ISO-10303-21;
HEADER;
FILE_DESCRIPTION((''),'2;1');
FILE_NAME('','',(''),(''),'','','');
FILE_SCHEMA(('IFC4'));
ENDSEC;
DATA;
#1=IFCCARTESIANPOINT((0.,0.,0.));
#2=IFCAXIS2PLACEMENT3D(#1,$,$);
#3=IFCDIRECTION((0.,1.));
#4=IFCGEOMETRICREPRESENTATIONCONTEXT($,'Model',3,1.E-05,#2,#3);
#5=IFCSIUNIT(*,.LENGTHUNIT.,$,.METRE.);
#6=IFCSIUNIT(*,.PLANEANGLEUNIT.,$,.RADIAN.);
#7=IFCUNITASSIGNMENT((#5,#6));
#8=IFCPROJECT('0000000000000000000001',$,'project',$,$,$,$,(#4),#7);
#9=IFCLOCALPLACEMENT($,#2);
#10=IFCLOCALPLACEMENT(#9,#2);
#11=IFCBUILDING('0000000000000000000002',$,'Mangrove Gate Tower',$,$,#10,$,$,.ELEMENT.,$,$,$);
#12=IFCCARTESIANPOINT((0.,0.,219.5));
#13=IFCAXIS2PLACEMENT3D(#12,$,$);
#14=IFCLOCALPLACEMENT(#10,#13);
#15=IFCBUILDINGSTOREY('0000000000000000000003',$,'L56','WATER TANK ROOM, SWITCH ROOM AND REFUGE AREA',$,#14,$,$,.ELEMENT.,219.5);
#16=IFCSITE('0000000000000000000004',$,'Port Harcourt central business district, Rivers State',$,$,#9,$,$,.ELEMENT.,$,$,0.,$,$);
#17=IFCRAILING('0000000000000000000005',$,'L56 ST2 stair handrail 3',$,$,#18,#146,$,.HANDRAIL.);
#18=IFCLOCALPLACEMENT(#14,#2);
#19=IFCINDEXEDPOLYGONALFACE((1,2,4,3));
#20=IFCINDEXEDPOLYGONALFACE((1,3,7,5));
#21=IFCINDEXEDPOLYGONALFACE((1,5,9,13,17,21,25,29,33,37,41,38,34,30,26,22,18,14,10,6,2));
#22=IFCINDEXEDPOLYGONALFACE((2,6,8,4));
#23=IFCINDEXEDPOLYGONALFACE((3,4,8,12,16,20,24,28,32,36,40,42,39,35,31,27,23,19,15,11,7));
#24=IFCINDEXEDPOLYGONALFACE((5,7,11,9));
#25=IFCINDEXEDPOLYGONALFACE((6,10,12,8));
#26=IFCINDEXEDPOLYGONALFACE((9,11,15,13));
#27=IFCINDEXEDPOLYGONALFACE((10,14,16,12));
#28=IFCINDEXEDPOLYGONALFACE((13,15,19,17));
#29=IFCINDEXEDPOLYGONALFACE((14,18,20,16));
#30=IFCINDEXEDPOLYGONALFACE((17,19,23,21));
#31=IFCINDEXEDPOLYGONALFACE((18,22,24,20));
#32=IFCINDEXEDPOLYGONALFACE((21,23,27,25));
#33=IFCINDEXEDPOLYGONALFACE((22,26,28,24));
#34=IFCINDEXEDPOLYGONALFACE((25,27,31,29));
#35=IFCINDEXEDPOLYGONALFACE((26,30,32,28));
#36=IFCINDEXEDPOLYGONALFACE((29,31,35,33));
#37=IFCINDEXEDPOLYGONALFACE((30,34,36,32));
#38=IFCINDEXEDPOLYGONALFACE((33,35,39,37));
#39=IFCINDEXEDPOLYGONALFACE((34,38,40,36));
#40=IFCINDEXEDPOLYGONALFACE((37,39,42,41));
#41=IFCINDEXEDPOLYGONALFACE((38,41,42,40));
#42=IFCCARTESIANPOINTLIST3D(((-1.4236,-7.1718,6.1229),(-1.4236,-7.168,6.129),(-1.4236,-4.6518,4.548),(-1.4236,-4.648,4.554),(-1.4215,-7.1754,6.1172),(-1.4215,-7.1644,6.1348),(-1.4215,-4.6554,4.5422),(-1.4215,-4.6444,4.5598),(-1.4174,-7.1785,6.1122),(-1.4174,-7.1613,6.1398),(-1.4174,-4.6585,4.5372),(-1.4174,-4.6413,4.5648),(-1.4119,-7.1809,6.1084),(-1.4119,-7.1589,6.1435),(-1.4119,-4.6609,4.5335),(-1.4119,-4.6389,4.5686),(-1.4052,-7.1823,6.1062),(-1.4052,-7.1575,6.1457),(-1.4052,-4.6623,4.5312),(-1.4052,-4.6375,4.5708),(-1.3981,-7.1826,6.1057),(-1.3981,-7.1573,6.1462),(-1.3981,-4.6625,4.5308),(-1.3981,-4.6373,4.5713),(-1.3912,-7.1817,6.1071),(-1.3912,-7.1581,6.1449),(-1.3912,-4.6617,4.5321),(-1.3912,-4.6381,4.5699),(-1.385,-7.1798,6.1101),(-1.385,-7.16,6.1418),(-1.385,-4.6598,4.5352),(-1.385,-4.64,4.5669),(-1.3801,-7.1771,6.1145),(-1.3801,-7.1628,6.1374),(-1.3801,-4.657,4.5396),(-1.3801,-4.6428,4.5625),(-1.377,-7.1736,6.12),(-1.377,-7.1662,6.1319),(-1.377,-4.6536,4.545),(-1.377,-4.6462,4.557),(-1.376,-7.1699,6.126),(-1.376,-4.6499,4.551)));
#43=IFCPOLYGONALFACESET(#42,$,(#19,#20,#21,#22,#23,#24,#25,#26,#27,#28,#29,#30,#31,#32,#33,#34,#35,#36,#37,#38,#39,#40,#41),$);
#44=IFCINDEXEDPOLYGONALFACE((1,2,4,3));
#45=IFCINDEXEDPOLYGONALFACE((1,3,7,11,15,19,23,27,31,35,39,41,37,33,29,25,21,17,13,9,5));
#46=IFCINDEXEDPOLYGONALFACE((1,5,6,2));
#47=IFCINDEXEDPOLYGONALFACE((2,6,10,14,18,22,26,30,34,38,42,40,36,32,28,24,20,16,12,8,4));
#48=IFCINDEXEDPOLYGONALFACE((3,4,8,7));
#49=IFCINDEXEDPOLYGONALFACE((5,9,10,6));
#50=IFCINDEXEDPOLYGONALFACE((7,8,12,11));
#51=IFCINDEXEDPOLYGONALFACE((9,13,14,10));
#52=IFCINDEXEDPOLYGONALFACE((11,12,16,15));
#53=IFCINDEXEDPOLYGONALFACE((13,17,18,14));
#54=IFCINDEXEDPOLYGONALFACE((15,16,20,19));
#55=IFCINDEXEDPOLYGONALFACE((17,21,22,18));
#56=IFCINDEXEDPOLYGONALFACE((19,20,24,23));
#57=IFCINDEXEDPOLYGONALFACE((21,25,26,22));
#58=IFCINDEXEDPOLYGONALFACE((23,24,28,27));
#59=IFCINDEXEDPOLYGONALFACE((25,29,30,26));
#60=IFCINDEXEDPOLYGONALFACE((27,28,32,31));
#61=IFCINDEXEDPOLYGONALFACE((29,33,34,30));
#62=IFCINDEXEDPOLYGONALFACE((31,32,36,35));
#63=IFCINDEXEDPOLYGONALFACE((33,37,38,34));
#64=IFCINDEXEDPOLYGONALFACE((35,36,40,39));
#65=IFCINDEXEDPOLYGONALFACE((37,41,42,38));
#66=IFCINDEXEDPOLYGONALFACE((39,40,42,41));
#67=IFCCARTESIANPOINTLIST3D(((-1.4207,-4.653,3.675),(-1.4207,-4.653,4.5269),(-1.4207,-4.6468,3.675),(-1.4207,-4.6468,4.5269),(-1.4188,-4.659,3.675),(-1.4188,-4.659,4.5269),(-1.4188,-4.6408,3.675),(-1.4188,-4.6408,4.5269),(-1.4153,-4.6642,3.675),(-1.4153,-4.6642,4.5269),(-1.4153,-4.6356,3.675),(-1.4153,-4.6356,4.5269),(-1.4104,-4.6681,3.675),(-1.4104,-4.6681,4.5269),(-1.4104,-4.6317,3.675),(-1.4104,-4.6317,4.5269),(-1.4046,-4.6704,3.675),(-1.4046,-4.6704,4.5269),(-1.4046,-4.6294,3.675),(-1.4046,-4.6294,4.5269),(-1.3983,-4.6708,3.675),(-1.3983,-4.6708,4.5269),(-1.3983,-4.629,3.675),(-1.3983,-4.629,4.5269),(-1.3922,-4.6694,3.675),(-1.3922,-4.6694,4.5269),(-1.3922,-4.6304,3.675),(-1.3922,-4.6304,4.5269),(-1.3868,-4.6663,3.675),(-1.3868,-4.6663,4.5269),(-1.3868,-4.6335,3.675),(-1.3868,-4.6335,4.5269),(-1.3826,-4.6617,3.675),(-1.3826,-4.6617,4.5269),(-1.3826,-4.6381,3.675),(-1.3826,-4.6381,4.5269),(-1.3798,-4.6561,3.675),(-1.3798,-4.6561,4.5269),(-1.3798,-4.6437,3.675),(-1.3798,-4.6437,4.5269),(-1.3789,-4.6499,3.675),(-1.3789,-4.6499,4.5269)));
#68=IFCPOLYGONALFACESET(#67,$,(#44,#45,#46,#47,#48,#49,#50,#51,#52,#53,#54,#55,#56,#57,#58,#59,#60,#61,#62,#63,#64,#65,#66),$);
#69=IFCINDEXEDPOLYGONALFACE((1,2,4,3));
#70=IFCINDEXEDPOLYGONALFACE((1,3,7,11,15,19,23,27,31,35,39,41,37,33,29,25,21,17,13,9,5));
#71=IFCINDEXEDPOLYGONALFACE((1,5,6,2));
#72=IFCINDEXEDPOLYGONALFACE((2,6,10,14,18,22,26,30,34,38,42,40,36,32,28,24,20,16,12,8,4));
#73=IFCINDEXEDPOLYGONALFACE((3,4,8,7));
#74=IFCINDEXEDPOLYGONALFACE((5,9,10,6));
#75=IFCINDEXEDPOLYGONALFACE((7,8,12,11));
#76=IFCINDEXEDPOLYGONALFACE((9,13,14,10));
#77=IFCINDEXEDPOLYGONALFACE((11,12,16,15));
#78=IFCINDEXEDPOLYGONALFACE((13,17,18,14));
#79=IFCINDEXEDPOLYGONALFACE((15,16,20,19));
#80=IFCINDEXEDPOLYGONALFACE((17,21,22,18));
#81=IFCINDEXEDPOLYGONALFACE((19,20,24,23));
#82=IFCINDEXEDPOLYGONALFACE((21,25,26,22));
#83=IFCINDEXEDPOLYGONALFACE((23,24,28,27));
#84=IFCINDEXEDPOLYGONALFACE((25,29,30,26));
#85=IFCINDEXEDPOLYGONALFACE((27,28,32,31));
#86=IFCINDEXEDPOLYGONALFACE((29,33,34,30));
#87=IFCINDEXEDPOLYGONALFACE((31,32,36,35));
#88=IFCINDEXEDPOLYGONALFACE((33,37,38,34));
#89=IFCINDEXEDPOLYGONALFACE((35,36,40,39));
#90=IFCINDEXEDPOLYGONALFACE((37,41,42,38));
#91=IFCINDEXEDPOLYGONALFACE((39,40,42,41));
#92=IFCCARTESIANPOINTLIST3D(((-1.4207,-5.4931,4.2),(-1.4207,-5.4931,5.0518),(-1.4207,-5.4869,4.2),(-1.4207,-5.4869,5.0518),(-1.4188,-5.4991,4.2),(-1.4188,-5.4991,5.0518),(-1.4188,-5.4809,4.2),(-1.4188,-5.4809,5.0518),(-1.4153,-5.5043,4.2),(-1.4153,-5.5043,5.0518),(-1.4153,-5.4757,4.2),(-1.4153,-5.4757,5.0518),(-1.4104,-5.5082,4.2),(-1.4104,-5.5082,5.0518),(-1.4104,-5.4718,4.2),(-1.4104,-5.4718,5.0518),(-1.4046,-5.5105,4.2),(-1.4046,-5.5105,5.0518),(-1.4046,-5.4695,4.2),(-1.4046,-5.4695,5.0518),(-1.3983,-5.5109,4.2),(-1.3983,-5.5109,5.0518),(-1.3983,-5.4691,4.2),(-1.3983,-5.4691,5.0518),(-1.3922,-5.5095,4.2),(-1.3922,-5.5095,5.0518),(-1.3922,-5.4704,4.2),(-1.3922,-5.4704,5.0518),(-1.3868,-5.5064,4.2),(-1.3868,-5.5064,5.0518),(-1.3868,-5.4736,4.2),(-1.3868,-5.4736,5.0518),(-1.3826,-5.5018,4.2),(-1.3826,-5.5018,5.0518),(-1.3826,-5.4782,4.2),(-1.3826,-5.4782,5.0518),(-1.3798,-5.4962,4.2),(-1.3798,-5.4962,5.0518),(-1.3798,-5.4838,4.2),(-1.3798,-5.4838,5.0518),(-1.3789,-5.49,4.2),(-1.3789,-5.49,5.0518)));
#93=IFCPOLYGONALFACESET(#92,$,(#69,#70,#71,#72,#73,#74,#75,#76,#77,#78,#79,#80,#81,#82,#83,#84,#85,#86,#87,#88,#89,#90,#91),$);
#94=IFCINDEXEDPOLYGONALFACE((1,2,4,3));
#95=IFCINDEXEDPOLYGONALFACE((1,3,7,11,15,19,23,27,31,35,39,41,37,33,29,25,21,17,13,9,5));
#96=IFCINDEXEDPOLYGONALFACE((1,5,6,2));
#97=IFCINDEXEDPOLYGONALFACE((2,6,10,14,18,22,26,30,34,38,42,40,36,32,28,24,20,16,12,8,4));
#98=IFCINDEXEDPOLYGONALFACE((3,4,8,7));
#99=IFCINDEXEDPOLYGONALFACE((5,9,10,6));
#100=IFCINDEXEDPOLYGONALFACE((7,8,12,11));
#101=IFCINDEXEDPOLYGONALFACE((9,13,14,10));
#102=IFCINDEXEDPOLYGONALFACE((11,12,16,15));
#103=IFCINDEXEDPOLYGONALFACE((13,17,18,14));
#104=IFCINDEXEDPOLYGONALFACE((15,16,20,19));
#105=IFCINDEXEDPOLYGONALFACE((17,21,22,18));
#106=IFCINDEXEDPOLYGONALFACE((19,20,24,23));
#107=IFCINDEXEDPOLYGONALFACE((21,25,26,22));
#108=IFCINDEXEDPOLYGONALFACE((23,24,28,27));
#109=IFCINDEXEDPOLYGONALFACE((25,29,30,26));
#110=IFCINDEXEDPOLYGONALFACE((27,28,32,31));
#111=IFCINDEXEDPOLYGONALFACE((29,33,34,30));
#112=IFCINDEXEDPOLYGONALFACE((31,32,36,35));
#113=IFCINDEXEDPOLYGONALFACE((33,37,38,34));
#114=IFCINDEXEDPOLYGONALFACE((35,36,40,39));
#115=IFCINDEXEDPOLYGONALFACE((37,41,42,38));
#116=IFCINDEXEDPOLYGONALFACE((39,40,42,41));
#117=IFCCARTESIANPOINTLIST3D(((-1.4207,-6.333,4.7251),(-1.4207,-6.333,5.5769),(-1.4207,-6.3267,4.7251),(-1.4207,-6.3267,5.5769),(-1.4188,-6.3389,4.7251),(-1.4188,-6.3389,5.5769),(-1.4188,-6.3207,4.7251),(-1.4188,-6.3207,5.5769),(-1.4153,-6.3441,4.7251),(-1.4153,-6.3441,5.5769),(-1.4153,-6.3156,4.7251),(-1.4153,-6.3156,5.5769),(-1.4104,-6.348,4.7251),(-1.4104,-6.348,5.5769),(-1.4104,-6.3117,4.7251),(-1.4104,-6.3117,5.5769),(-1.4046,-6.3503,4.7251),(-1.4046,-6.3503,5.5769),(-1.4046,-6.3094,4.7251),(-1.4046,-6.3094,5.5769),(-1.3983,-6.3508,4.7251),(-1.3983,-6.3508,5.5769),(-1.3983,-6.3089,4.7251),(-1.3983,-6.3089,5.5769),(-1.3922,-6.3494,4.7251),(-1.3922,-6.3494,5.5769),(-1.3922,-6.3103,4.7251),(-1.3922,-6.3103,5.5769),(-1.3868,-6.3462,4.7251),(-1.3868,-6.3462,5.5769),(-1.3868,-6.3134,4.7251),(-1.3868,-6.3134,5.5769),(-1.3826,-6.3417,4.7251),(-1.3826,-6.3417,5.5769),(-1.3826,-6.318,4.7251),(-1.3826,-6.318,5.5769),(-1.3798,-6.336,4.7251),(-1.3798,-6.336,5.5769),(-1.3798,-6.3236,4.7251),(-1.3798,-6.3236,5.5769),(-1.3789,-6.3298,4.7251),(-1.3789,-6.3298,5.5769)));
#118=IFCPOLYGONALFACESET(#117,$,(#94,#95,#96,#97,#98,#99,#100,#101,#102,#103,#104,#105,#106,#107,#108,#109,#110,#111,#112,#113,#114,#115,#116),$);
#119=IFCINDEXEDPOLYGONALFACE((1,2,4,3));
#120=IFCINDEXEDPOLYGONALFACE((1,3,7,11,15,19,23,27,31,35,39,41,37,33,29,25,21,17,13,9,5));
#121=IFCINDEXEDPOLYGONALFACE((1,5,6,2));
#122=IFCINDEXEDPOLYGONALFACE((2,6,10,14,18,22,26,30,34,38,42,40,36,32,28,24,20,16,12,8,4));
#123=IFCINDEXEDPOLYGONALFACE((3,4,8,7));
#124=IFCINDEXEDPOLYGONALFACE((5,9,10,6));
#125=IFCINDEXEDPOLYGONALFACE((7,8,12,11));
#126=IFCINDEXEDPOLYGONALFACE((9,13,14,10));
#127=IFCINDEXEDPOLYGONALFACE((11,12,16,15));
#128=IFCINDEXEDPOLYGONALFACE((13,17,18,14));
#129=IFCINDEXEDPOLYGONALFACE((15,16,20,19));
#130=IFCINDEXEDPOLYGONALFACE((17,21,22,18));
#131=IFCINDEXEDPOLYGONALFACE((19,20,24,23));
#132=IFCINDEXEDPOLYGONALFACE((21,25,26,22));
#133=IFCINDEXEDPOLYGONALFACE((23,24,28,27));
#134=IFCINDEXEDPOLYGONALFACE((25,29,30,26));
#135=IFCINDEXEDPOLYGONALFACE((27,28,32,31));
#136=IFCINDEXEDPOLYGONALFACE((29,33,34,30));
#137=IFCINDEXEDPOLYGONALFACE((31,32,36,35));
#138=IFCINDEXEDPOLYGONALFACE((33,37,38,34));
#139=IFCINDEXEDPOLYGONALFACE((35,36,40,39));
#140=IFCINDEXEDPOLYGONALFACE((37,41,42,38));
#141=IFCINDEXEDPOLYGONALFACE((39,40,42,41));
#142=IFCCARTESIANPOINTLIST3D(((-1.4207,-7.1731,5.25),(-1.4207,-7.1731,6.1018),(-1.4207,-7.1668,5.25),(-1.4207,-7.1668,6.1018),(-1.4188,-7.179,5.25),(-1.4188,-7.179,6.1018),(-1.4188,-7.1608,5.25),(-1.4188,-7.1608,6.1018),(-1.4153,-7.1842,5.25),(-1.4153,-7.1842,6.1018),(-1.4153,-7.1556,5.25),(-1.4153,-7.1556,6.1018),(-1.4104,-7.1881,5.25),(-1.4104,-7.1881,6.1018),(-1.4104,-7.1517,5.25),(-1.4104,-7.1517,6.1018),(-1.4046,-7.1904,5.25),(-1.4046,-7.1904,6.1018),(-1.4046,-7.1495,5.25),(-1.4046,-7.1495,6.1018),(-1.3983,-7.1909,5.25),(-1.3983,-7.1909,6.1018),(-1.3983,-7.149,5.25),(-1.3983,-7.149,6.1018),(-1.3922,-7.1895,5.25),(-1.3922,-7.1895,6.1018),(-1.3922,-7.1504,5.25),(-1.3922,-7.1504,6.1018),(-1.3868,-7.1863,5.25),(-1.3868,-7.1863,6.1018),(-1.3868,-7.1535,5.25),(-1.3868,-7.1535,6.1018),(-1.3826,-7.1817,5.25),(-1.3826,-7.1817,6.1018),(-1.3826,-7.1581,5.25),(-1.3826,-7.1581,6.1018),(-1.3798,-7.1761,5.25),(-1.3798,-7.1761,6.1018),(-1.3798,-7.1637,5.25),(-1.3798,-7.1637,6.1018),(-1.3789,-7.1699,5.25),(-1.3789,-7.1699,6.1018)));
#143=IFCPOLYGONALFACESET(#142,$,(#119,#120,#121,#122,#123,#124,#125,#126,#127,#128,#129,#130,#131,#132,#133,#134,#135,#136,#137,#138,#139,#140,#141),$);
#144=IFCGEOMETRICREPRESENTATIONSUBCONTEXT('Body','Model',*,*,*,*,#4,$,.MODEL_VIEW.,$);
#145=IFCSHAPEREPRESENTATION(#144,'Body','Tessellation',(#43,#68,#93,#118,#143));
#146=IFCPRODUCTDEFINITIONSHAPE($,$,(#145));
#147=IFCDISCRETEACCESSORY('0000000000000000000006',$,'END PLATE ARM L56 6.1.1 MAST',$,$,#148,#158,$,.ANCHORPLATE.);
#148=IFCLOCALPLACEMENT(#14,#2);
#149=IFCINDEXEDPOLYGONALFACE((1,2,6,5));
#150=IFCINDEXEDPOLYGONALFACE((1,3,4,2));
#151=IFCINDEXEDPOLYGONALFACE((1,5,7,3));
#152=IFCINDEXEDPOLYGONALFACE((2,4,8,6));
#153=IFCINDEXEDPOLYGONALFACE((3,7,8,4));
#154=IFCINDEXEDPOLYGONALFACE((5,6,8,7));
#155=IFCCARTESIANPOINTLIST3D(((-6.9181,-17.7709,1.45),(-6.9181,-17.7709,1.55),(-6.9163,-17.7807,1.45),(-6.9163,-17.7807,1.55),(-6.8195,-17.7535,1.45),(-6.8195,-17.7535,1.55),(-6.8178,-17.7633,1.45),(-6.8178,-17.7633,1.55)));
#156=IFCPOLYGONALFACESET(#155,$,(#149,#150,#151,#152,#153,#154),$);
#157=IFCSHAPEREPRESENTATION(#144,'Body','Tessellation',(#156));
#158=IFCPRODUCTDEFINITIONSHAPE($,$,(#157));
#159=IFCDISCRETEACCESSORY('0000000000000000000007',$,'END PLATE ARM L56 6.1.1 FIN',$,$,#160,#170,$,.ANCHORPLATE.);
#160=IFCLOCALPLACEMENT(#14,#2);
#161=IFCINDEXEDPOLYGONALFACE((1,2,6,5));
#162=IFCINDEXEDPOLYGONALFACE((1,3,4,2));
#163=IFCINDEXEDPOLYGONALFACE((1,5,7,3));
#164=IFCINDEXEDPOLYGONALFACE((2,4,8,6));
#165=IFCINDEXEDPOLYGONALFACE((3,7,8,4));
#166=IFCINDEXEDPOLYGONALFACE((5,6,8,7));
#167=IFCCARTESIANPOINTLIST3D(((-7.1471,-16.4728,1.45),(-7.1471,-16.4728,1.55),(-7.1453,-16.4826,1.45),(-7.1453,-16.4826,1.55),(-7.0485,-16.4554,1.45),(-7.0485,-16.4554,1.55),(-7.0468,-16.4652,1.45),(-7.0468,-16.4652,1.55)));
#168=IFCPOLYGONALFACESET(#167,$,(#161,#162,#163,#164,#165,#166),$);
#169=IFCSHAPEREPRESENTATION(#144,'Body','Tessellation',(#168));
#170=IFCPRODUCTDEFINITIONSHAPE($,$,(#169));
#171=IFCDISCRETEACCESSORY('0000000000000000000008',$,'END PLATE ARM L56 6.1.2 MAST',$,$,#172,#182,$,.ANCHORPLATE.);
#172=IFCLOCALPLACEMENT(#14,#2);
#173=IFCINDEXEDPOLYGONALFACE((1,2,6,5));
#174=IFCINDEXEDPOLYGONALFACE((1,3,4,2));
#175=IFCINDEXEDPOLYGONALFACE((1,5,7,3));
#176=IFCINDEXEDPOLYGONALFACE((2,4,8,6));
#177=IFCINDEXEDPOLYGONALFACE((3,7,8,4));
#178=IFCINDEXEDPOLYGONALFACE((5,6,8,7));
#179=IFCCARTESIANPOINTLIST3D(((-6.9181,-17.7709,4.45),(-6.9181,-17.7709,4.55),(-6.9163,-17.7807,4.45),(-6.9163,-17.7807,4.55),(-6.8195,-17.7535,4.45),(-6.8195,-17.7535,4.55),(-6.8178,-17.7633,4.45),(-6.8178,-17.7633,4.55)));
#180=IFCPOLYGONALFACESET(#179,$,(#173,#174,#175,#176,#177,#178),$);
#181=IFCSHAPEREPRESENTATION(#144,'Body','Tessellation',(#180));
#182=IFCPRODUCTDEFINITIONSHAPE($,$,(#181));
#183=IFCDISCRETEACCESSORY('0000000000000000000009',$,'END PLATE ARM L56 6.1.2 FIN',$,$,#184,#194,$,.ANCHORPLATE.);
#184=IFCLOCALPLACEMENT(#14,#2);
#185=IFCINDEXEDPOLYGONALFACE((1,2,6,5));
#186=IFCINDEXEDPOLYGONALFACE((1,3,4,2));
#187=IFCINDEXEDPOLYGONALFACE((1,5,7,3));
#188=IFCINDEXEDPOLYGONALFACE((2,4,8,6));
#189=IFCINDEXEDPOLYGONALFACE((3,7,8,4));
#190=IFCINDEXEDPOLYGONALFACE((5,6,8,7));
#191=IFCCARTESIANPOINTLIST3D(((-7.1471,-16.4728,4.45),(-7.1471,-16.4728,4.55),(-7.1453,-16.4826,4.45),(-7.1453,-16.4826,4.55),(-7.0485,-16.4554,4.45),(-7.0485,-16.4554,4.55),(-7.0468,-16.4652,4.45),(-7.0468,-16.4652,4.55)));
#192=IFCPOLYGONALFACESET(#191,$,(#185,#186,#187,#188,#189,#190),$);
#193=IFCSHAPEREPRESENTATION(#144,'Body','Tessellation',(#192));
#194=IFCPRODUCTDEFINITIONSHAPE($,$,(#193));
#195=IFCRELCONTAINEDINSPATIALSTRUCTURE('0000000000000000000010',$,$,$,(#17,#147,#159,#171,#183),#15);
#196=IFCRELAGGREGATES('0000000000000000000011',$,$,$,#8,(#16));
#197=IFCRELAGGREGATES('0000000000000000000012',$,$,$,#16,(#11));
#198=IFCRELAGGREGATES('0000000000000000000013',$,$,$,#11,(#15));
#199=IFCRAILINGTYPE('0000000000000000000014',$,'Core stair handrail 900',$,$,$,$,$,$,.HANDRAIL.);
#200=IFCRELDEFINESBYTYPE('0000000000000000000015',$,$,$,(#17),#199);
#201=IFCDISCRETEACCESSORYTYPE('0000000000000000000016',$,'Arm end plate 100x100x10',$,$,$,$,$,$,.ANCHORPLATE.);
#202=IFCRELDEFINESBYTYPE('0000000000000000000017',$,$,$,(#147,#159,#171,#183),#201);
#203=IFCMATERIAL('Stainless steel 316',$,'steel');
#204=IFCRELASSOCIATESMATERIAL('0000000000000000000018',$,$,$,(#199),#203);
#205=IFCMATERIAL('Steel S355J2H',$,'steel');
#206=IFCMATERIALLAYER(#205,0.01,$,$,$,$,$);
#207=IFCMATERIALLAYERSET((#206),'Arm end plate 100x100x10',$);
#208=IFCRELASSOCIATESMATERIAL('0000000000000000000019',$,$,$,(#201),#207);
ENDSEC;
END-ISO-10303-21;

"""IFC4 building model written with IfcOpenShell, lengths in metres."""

from ifc_helpers import new_model, si_unit, direction, frame, origin, origin_2d, place, context, subcontext, project, spatial, rectangle, circle, extrude, material, layer, layer_set, type_object, element, save


model = new_model("IFC4")

# Units and contexts
model_context = context("Model", 3, precision=1e-05, world=origin(), true_north=direction((0.0, 1.0)))
body_context = subcontext(model_context, "Body", "Model", "MODEL_VIEW")
ifc_project = project(units=[si_unit("LENGTHUNIT", "METRE"), si_unit("PLANEANGLEUNIT", "RADIAN")], contexts=[model_context])

# Site, building, storey
site_placement = place(None, origin())
site = spatial("IfcSite", under=ifc_project, at=site_placement, Name="Port Harcourt central business district, Rivers State", CompositionType="ELEMENT", RefElevation=0.0)
building_placement = place(site_placement, origin())
building = spatial("IfcBuilding", under=site, at=building_placement, Name="Mangrove Gate Tower", CompositionType="ELEMENT")
storey_placement = place(building_placement, frame((0.0, 0.0, 219.5)))
storey = spatial("IfcBuildingStorey", under=building, at=storey_placement, Name="L56", Description="WATER TANK ROOM, SWITCH ROOM AND REFUGE AREA", CompositionType="ELEMENT", Elevation=219.5)

# Railing
ifc_material_1 = material(Name="Stainless steel 316", Category="steel")
railing_type_1 = type_object("IfcRailingType", Name="Core stair handrail 900", PredefinedType="HANDRAIL", material=ifc_material_1)
for number, where, name in (
    (1, (-1.3999, -4.6499, 3.675), "L56 ST2 stair handrail 3"),
):
    element("IfcRailing", number, at=place(storey_placement, frame(where)), inside=storey, type_object=railing_type_1, Name=name, PredefinedType="HANDRAIL", context=body_context, shape_type="SweptSolid", body=[
        extrude(circle(Radius=0.0239, at=origin_2d()), frame((0.0, 0.0, 0.876), z_axis=(0.0, -0.848008, 0.529984), x_axis=(1.0, 0.0, 0.0)), (0.0, 0.0, 1.0), 2.9717),
        extrude(circle(Radius=0.021, at=origin_2d()), origin(), (0.0, 0.0, 1.0), 0.8518),
        extrude(circle(Radius=0.021, at=origin_2d()), frame((0.0, -0.8401, 0.5249)), (0.0, 0.0, 1.0), 0.8518),
        extrude(circle(Radius=0.021, at=origin_2d()), frame((0.0, -1.6799, 1.05)), (0.0, 0.0, 1.0), 0.8518),
        extrude(circle(Radius=0.021, at=origin_2d()), frame((0.0, -2.52, 1.575)), (0.0, 0.0, 1.0), 0.8518),
    ])

# Discrete accessories
ifc_material_2 = material(Name="Steel S355J2H", Category="steel")
ifc_layer_1 = layer(ifc_material_2, 0.01)
ifc_layer_set_1 = layer_set([ifc_layer_1], Name="Arm end plate 100x100x10")
discrete_accessory_type = type_object("IfcDiscreteAccessoryType", Name="Arm end plate 100x100x10", PredefinedType="ANCHORPLATE", material=ifc_layer_set_1)
for number, where, z_axis, x_axis, name in (
    (2, (-6.8679, -17.7671, 1.45), (0.0, 0.0, 1.0), (-0.173648, 0.984808, 0.0), "END PLATE ARM L56 6.1.1 MAST"),
    (3, (-7.0969, -16.469, 1.45), (0.0, 0.0, 1.0), (-0.173648, 0.984808, 0.0), "END PLATE ARM L56 6.1.1 FIN"),
    (4, (-6.8679, -17.7671, 4.45), (0.0, 0.0, 1.0), (-0.173648, 0.984808, 0.0), "END PLATE ARM L56 6.1.2 MAST"),
    (5, (-7.0969, -16.469, 4.45), (0.0, 0.0, 1.0), (-0.173648, 0.984808, 0.0), "END PLATE ARM L56 6.1.2 FIN"),
):
    element("IfcDiscreteAccessory", number, at=place(storey_placement, frame(where, z_axis=z_axis, x_axis=x_axis)), inside=storey, type_object=discrete_accessory_type, Name=name, PredefinedType="ANCHORPLATE", context=body_context, shape_type="SweptSolid", body=[
        extrude(rectangle(XDim=0.01, YDim=0.1001, at=origin_2d()), origin(), (0.0, 0.0, 1.0), 0.1001),
    ])

save(model, "model.ifc")
